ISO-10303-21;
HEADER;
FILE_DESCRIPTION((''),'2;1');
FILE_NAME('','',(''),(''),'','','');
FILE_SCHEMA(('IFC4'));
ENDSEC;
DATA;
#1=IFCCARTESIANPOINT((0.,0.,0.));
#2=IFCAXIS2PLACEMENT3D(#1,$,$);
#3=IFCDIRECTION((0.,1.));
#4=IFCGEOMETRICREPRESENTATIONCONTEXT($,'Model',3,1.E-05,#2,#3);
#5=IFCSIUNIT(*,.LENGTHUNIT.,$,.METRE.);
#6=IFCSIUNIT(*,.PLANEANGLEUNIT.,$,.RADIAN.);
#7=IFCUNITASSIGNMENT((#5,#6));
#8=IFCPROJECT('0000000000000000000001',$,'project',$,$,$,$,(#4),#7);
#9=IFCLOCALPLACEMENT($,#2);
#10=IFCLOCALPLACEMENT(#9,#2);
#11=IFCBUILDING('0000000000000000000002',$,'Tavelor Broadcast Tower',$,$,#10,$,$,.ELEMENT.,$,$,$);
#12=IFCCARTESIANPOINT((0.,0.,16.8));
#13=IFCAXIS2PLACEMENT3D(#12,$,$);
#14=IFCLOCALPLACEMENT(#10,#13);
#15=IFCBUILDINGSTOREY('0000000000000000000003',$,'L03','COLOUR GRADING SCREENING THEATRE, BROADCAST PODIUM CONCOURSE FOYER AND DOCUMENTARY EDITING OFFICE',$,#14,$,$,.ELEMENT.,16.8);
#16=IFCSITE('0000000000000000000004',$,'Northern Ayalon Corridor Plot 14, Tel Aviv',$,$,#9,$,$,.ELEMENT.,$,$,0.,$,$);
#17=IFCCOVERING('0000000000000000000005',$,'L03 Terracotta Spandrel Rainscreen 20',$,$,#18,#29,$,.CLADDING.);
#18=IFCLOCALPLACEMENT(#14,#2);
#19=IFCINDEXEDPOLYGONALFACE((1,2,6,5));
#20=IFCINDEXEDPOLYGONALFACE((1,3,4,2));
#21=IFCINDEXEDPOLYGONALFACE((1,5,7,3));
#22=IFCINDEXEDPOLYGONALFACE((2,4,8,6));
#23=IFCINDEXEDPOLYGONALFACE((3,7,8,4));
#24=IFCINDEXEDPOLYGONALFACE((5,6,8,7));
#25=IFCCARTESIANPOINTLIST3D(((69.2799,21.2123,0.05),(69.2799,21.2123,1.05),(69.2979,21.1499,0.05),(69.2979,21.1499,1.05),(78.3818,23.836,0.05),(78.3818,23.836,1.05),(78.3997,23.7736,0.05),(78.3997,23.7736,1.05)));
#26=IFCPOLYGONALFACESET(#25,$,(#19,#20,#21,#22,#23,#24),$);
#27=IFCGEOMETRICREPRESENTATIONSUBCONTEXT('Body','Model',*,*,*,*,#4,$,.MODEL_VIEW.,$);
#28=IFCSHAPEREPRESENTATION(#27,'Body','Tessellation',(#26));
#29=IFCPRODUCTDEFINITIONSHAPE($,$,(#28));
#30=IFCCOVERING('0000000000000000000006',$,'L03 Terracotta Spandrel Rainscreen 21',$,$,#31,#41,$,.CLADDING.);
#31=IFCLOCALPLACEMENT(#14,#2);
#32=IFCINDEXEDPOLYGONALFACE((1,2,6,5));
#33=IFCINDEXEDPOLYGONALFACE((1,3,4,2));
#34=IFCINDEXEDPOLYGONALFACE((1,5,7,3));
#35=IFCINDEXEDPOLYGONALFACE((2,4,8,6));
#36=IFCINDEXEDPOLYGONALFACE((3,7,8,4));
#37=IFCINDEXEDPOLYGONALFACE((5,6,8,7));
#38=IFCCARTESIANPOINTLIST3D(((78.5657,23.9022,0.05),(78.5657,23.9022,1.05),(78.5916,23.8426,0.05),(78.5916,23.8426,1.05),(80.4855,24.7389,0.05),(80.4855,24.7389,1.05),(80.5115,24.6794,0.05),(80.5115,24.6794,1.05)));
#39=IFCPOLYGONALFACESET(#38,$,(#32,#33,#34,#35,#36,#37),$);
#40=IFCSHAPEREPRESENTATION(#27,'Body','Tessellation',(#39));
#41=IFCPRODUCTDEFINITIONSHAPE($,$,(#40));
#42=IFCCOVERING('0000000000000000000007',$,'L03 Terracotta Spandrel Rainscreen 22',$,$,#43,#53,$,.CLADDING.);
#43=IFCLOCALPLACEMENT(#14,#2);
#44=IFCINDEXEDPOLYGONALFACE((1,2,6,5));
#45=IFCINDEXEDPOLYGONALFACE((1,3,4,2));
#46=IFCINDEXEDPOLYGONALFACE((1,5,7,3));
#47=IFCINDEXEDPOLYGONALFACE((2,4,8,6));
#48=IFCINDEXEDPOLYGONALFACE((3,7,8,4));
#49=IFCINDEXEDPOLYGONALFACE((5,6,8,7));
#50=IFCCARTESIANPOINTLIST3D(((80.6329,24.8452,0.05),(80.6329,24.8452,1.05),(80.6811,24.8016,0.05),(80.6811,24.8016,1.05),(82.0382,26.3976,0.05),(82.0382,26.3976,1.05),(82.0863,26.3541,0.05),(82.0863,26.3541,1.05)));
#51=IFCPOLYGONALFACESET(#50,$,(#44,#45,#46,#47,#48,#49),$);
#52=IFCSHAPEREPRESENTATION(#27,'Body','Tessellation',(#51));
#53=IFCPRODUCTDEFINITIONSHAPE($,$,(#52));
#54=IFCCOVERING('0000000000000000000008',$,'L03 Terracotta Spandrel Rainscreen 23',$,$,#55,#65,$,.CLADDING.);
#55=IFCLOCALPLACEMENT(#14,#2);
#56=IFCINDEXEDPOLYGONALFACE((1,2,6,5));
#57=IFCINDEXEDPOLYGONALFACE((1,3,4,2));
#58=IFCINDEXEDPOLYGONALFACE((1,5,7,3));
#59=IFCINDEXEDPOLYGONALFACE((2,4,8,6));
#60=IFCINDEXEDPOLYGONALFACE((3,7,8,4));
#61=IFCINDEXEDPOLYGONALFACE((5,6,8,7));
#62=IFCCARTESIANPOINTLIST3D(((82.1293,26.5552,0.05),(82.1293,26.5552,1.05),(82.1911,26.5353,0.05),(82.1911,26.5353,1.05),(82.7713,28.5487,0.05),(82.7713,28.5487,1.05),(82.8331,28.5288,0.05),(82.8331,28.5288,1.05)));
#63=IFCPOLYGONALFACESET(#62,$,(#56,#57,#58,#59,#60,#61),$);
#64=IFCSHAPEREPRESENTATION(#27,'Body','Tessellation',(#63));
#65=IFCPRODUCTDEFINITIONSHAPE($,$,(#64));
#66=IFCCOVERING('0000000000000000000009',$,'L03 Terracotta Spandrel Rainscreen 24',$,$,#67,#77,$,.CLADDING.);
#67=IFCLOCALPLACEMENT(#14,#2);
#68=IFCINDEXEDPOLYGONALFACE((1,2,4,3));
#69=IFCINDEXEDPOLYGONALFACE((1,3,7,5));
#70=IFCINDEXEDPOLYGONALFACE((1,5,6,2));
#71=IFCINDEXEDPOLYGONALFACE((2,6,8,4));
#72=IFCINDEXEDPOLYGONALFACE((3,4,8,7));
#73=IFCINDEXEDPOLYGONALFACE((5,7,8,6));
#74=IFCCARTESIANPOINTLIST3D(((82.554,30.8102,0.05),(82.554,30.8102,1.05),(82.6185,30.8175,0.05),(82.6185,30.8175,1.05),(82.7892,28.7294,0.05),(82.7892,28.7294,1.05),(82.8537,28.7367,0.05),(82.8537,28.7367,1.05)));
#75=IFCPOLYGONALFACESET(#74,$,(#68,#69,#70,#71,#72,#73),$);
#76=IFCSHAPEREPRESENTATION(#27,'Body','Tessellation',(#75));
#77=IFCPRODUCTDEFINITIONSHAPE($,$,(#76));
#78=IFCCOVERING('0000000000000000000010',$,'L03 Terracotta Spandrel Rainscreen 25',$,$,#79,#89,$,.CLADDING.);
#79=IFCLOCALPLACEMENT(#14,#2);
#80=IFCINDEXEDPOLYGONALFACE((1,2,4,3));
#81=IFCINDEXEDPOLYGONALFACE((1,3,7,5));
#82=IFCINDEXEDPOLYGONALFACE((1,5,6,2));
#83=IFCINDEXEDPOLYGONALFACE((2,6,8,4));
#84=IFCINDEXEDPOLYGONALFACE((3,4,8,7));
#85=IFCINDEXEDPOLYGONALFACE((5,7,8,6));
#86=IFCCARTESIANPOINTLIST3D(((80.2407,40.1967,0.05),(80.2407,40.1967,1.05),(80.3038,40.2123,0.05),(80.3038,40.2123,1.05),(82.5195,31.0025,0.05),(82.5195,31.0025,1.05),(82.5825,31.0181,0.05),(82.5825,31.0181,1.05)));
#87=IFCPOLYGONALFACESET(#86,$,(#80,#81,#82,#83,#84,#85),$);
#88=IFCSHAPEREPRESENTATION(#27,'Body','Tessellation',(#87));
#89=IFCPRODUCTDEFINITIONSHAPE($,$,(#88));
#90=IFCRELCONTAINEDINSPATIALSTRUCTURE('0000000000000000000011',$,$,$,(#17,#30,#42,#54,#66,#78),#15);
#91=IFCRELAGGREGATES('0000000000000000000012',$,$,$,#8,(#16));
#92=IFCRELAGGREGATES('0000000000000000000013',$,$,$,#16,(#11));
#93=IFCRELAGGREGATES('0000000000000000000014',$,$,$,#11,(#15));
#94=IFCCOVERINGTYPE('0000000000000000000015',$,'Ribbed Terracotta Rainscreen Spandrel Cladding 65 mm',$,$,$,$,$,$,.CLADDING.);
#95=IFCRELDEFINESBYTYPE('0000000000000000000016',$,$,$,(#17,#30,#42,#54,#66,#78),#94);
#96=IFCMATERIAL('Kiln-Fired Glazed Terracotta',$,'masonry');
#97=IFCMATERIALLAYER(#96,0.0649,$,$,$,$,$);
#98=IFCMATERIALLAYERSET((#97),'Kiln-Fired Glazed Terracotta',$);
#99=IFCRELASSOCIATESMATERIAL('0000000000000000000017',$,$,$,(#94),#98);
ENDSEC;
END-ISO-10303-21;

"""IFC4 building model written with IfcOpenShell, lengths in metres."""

from ifc_helpers import new_model, si_unit, direction, frame, origin, origin_2d, place, context, subcontext, project, spatial, rectangle, extrude, material, layer, layer_set, type_object, element, save


model = new_model("IFC4")

# Units and contexts
model_context = context("Model", 3, precision=1e-05, world=origin(), true_north=direction((0.0, 1.0)))
body_context = subcontext(model_context, "Body", "Model", "MODEL_VIEW")
ifc_project = project(units=[si_unit("LENGTHUNIT", "METRE"), si_unit("PLANEANGLEUNIT", "RADIAN")], contexts=[model_context])

# Site, building, storey
site_placement = place(None, origin())
site = spatial("IfcSite", under=ifc_project, at=site_placement, Name="Northern Ayalon Corridor Plot 14, Tel Aviv", CompositionType="ELEMENT", RefElevation=0.0)
building_placement = place(site_placement, origin())
building = spatial("IfcBuilding", under=site, at=building_placement, Name="Tavelor Broadcast Tower", CompositionType="ELEMENT")
storey_placement = place(building_placement, frame((0.0, 0.0, 16.8)))
storey = spatial("IfcBuildingStorey", under=building, at=storey_placement, Name="L03", Description="COLOUR GRADING SCREENING THEATRE, BROADCAST PODIUM CONCOURSE FOYER AND DOCUMENTARY EDITING OFFICE", CompositionType="ELEMENT", Elevation=16.8)

# Coverings
ifc_material_1 = material(Name="Kiln-Fired Glazed Terracotta", Category="masonry")
ifc_layer_1 = layer(ifc_material_1, 0.0649)
ifc_layer_set_1 = layer_set([ifc_layer_1], Name="Kiln-Fired Glazed Terracotta")
covering_type = type_object("IfcCoveringType", Name="Ribbed Terracotta Rainscreen Spandrel Cladding 65 mm", PredefinedType="CLADDING", material=ifc_layer_set_1)
covering_1_placement = place(storey_placement, frame((73.8398, 22.4929, 0.05), z_axis=(0.0, 0.0, 1.0), x_axis=(0.960876, 0.276979, 0.0)))
element("IfcCovering", 1, at=covering_1_placement, inside=storey, type_object=covering_type, Name="L03 Terracotta Spandrel Rainscreen 20", PredefinedType="CLADDING", context=body_context, shape_type="SweptSolid", body=[
    extrude(rectangle(XDim=9.4724, YDim=0.0649, at=origin_2d()), origin(), (0.0, 0.0, 1.0), 1.0),
])
covering_2_placement = place(storey_placement, frame((79.5386, 24.2908, 0.05), z_axis=(0.0, 0.0, 1.0), x_axis=(0.916712, 0.399549, 0.0)))
element("IfcCovering", 2, at=covering_2_placement, inside=storey, type_object=covering_type, Name="L03 Terracotta Spandrel Rainscreen 21", PredefinedType="CLADDING", context=body_context, shape_type="SweptSolid", body=[
    extrude(rectangle(XDim=2.0942, YDim=0.0649, at=origin_2d()), origin(), (0.0, 0.0, 1.0), 1.0),
])
covering_3_placement = place(storey_placement, frame((81.3596, 25.5996, 0.05), z_axis=(0.0, 0.0, 1.0), x_axis=(0.671074, 0.741391, 0.0)))
element("IfcCovering", 3, at=covering_3_placement, inside=storey, type_object=covering_type, Name="L03 Terracotta Spandrel Rainscreen 22", PredefinedType="CLADDING", context=body_context, shape_type="SweptSolid", body=[
    extrude(rectangle(XDim=2.094, YDim=0.0649, at=origin_2d()), origin(), (0.0, 0.0, 1.0), 1.0),
])
covering_4_placement = place(storey_placement, frame((82.4812, 27.542, 0.05), z_axis=(0.0, 0.0, 1.0), x_axis=(0.306526, 0.951862, 0.0)))
element("IfcCovering", 4, at=covering_4_placement, inside=storey, type_object=covering_type, Name="L03 Terracotta Spandrel Rainscreen 23", PredefinedType="CLADDING", context=body_context, shape_type="SweptSolid", body=[
    extrude(rectangle(XDim=2.0942, YDim=0.0649, at=origin_2d()), origin(), (0.0, 0.0, 1.0), 1.0),
])
covering_5_placement = place(storey_placement, frame((82.7039, 29.7734, 0.05), z_axis=(0.0, 0.0, 1.0), x_axis=(-0.112336, 0.99367, 0.0)))
element("IfcCovering", 5, at=covering_5_placement, inside=storey, type_object=covering_type, Name="L03 Terracotta Spandrel Rainscreen 24", PredefinedType="CLADDING", context=body_context, shape_type="SweptSolid", body=[
    extrude(rectangle(XDim=2.094, YDim=0.0649, at=origin_2d()), origin(), (0.0, 0.0, 1.0), 1.0),
])
covering_6_placement = place(storey_placement, frame((81.4116, 35.6074, 0.05), z_axis=(0.0, 0.0, 1.0), x_axis=(-0.240567, 0.970633, 0.0)))
element("IfcCovering", 6, at=covering_6_placement, inside=storey, type_object=covering_type, Name="L03 Terracotta Spandrel Rainscreen 25", PredefinedType="CLADDING", context=body_context, shape_type="SweptSolid", body=[
    extrude(rectangle(XDim=9.4724, YDim=0.0649, at=origin_2d()), origin(), (0.0, 0.0, 1.0), 1.0),
])

save(model, "model.ifc")
